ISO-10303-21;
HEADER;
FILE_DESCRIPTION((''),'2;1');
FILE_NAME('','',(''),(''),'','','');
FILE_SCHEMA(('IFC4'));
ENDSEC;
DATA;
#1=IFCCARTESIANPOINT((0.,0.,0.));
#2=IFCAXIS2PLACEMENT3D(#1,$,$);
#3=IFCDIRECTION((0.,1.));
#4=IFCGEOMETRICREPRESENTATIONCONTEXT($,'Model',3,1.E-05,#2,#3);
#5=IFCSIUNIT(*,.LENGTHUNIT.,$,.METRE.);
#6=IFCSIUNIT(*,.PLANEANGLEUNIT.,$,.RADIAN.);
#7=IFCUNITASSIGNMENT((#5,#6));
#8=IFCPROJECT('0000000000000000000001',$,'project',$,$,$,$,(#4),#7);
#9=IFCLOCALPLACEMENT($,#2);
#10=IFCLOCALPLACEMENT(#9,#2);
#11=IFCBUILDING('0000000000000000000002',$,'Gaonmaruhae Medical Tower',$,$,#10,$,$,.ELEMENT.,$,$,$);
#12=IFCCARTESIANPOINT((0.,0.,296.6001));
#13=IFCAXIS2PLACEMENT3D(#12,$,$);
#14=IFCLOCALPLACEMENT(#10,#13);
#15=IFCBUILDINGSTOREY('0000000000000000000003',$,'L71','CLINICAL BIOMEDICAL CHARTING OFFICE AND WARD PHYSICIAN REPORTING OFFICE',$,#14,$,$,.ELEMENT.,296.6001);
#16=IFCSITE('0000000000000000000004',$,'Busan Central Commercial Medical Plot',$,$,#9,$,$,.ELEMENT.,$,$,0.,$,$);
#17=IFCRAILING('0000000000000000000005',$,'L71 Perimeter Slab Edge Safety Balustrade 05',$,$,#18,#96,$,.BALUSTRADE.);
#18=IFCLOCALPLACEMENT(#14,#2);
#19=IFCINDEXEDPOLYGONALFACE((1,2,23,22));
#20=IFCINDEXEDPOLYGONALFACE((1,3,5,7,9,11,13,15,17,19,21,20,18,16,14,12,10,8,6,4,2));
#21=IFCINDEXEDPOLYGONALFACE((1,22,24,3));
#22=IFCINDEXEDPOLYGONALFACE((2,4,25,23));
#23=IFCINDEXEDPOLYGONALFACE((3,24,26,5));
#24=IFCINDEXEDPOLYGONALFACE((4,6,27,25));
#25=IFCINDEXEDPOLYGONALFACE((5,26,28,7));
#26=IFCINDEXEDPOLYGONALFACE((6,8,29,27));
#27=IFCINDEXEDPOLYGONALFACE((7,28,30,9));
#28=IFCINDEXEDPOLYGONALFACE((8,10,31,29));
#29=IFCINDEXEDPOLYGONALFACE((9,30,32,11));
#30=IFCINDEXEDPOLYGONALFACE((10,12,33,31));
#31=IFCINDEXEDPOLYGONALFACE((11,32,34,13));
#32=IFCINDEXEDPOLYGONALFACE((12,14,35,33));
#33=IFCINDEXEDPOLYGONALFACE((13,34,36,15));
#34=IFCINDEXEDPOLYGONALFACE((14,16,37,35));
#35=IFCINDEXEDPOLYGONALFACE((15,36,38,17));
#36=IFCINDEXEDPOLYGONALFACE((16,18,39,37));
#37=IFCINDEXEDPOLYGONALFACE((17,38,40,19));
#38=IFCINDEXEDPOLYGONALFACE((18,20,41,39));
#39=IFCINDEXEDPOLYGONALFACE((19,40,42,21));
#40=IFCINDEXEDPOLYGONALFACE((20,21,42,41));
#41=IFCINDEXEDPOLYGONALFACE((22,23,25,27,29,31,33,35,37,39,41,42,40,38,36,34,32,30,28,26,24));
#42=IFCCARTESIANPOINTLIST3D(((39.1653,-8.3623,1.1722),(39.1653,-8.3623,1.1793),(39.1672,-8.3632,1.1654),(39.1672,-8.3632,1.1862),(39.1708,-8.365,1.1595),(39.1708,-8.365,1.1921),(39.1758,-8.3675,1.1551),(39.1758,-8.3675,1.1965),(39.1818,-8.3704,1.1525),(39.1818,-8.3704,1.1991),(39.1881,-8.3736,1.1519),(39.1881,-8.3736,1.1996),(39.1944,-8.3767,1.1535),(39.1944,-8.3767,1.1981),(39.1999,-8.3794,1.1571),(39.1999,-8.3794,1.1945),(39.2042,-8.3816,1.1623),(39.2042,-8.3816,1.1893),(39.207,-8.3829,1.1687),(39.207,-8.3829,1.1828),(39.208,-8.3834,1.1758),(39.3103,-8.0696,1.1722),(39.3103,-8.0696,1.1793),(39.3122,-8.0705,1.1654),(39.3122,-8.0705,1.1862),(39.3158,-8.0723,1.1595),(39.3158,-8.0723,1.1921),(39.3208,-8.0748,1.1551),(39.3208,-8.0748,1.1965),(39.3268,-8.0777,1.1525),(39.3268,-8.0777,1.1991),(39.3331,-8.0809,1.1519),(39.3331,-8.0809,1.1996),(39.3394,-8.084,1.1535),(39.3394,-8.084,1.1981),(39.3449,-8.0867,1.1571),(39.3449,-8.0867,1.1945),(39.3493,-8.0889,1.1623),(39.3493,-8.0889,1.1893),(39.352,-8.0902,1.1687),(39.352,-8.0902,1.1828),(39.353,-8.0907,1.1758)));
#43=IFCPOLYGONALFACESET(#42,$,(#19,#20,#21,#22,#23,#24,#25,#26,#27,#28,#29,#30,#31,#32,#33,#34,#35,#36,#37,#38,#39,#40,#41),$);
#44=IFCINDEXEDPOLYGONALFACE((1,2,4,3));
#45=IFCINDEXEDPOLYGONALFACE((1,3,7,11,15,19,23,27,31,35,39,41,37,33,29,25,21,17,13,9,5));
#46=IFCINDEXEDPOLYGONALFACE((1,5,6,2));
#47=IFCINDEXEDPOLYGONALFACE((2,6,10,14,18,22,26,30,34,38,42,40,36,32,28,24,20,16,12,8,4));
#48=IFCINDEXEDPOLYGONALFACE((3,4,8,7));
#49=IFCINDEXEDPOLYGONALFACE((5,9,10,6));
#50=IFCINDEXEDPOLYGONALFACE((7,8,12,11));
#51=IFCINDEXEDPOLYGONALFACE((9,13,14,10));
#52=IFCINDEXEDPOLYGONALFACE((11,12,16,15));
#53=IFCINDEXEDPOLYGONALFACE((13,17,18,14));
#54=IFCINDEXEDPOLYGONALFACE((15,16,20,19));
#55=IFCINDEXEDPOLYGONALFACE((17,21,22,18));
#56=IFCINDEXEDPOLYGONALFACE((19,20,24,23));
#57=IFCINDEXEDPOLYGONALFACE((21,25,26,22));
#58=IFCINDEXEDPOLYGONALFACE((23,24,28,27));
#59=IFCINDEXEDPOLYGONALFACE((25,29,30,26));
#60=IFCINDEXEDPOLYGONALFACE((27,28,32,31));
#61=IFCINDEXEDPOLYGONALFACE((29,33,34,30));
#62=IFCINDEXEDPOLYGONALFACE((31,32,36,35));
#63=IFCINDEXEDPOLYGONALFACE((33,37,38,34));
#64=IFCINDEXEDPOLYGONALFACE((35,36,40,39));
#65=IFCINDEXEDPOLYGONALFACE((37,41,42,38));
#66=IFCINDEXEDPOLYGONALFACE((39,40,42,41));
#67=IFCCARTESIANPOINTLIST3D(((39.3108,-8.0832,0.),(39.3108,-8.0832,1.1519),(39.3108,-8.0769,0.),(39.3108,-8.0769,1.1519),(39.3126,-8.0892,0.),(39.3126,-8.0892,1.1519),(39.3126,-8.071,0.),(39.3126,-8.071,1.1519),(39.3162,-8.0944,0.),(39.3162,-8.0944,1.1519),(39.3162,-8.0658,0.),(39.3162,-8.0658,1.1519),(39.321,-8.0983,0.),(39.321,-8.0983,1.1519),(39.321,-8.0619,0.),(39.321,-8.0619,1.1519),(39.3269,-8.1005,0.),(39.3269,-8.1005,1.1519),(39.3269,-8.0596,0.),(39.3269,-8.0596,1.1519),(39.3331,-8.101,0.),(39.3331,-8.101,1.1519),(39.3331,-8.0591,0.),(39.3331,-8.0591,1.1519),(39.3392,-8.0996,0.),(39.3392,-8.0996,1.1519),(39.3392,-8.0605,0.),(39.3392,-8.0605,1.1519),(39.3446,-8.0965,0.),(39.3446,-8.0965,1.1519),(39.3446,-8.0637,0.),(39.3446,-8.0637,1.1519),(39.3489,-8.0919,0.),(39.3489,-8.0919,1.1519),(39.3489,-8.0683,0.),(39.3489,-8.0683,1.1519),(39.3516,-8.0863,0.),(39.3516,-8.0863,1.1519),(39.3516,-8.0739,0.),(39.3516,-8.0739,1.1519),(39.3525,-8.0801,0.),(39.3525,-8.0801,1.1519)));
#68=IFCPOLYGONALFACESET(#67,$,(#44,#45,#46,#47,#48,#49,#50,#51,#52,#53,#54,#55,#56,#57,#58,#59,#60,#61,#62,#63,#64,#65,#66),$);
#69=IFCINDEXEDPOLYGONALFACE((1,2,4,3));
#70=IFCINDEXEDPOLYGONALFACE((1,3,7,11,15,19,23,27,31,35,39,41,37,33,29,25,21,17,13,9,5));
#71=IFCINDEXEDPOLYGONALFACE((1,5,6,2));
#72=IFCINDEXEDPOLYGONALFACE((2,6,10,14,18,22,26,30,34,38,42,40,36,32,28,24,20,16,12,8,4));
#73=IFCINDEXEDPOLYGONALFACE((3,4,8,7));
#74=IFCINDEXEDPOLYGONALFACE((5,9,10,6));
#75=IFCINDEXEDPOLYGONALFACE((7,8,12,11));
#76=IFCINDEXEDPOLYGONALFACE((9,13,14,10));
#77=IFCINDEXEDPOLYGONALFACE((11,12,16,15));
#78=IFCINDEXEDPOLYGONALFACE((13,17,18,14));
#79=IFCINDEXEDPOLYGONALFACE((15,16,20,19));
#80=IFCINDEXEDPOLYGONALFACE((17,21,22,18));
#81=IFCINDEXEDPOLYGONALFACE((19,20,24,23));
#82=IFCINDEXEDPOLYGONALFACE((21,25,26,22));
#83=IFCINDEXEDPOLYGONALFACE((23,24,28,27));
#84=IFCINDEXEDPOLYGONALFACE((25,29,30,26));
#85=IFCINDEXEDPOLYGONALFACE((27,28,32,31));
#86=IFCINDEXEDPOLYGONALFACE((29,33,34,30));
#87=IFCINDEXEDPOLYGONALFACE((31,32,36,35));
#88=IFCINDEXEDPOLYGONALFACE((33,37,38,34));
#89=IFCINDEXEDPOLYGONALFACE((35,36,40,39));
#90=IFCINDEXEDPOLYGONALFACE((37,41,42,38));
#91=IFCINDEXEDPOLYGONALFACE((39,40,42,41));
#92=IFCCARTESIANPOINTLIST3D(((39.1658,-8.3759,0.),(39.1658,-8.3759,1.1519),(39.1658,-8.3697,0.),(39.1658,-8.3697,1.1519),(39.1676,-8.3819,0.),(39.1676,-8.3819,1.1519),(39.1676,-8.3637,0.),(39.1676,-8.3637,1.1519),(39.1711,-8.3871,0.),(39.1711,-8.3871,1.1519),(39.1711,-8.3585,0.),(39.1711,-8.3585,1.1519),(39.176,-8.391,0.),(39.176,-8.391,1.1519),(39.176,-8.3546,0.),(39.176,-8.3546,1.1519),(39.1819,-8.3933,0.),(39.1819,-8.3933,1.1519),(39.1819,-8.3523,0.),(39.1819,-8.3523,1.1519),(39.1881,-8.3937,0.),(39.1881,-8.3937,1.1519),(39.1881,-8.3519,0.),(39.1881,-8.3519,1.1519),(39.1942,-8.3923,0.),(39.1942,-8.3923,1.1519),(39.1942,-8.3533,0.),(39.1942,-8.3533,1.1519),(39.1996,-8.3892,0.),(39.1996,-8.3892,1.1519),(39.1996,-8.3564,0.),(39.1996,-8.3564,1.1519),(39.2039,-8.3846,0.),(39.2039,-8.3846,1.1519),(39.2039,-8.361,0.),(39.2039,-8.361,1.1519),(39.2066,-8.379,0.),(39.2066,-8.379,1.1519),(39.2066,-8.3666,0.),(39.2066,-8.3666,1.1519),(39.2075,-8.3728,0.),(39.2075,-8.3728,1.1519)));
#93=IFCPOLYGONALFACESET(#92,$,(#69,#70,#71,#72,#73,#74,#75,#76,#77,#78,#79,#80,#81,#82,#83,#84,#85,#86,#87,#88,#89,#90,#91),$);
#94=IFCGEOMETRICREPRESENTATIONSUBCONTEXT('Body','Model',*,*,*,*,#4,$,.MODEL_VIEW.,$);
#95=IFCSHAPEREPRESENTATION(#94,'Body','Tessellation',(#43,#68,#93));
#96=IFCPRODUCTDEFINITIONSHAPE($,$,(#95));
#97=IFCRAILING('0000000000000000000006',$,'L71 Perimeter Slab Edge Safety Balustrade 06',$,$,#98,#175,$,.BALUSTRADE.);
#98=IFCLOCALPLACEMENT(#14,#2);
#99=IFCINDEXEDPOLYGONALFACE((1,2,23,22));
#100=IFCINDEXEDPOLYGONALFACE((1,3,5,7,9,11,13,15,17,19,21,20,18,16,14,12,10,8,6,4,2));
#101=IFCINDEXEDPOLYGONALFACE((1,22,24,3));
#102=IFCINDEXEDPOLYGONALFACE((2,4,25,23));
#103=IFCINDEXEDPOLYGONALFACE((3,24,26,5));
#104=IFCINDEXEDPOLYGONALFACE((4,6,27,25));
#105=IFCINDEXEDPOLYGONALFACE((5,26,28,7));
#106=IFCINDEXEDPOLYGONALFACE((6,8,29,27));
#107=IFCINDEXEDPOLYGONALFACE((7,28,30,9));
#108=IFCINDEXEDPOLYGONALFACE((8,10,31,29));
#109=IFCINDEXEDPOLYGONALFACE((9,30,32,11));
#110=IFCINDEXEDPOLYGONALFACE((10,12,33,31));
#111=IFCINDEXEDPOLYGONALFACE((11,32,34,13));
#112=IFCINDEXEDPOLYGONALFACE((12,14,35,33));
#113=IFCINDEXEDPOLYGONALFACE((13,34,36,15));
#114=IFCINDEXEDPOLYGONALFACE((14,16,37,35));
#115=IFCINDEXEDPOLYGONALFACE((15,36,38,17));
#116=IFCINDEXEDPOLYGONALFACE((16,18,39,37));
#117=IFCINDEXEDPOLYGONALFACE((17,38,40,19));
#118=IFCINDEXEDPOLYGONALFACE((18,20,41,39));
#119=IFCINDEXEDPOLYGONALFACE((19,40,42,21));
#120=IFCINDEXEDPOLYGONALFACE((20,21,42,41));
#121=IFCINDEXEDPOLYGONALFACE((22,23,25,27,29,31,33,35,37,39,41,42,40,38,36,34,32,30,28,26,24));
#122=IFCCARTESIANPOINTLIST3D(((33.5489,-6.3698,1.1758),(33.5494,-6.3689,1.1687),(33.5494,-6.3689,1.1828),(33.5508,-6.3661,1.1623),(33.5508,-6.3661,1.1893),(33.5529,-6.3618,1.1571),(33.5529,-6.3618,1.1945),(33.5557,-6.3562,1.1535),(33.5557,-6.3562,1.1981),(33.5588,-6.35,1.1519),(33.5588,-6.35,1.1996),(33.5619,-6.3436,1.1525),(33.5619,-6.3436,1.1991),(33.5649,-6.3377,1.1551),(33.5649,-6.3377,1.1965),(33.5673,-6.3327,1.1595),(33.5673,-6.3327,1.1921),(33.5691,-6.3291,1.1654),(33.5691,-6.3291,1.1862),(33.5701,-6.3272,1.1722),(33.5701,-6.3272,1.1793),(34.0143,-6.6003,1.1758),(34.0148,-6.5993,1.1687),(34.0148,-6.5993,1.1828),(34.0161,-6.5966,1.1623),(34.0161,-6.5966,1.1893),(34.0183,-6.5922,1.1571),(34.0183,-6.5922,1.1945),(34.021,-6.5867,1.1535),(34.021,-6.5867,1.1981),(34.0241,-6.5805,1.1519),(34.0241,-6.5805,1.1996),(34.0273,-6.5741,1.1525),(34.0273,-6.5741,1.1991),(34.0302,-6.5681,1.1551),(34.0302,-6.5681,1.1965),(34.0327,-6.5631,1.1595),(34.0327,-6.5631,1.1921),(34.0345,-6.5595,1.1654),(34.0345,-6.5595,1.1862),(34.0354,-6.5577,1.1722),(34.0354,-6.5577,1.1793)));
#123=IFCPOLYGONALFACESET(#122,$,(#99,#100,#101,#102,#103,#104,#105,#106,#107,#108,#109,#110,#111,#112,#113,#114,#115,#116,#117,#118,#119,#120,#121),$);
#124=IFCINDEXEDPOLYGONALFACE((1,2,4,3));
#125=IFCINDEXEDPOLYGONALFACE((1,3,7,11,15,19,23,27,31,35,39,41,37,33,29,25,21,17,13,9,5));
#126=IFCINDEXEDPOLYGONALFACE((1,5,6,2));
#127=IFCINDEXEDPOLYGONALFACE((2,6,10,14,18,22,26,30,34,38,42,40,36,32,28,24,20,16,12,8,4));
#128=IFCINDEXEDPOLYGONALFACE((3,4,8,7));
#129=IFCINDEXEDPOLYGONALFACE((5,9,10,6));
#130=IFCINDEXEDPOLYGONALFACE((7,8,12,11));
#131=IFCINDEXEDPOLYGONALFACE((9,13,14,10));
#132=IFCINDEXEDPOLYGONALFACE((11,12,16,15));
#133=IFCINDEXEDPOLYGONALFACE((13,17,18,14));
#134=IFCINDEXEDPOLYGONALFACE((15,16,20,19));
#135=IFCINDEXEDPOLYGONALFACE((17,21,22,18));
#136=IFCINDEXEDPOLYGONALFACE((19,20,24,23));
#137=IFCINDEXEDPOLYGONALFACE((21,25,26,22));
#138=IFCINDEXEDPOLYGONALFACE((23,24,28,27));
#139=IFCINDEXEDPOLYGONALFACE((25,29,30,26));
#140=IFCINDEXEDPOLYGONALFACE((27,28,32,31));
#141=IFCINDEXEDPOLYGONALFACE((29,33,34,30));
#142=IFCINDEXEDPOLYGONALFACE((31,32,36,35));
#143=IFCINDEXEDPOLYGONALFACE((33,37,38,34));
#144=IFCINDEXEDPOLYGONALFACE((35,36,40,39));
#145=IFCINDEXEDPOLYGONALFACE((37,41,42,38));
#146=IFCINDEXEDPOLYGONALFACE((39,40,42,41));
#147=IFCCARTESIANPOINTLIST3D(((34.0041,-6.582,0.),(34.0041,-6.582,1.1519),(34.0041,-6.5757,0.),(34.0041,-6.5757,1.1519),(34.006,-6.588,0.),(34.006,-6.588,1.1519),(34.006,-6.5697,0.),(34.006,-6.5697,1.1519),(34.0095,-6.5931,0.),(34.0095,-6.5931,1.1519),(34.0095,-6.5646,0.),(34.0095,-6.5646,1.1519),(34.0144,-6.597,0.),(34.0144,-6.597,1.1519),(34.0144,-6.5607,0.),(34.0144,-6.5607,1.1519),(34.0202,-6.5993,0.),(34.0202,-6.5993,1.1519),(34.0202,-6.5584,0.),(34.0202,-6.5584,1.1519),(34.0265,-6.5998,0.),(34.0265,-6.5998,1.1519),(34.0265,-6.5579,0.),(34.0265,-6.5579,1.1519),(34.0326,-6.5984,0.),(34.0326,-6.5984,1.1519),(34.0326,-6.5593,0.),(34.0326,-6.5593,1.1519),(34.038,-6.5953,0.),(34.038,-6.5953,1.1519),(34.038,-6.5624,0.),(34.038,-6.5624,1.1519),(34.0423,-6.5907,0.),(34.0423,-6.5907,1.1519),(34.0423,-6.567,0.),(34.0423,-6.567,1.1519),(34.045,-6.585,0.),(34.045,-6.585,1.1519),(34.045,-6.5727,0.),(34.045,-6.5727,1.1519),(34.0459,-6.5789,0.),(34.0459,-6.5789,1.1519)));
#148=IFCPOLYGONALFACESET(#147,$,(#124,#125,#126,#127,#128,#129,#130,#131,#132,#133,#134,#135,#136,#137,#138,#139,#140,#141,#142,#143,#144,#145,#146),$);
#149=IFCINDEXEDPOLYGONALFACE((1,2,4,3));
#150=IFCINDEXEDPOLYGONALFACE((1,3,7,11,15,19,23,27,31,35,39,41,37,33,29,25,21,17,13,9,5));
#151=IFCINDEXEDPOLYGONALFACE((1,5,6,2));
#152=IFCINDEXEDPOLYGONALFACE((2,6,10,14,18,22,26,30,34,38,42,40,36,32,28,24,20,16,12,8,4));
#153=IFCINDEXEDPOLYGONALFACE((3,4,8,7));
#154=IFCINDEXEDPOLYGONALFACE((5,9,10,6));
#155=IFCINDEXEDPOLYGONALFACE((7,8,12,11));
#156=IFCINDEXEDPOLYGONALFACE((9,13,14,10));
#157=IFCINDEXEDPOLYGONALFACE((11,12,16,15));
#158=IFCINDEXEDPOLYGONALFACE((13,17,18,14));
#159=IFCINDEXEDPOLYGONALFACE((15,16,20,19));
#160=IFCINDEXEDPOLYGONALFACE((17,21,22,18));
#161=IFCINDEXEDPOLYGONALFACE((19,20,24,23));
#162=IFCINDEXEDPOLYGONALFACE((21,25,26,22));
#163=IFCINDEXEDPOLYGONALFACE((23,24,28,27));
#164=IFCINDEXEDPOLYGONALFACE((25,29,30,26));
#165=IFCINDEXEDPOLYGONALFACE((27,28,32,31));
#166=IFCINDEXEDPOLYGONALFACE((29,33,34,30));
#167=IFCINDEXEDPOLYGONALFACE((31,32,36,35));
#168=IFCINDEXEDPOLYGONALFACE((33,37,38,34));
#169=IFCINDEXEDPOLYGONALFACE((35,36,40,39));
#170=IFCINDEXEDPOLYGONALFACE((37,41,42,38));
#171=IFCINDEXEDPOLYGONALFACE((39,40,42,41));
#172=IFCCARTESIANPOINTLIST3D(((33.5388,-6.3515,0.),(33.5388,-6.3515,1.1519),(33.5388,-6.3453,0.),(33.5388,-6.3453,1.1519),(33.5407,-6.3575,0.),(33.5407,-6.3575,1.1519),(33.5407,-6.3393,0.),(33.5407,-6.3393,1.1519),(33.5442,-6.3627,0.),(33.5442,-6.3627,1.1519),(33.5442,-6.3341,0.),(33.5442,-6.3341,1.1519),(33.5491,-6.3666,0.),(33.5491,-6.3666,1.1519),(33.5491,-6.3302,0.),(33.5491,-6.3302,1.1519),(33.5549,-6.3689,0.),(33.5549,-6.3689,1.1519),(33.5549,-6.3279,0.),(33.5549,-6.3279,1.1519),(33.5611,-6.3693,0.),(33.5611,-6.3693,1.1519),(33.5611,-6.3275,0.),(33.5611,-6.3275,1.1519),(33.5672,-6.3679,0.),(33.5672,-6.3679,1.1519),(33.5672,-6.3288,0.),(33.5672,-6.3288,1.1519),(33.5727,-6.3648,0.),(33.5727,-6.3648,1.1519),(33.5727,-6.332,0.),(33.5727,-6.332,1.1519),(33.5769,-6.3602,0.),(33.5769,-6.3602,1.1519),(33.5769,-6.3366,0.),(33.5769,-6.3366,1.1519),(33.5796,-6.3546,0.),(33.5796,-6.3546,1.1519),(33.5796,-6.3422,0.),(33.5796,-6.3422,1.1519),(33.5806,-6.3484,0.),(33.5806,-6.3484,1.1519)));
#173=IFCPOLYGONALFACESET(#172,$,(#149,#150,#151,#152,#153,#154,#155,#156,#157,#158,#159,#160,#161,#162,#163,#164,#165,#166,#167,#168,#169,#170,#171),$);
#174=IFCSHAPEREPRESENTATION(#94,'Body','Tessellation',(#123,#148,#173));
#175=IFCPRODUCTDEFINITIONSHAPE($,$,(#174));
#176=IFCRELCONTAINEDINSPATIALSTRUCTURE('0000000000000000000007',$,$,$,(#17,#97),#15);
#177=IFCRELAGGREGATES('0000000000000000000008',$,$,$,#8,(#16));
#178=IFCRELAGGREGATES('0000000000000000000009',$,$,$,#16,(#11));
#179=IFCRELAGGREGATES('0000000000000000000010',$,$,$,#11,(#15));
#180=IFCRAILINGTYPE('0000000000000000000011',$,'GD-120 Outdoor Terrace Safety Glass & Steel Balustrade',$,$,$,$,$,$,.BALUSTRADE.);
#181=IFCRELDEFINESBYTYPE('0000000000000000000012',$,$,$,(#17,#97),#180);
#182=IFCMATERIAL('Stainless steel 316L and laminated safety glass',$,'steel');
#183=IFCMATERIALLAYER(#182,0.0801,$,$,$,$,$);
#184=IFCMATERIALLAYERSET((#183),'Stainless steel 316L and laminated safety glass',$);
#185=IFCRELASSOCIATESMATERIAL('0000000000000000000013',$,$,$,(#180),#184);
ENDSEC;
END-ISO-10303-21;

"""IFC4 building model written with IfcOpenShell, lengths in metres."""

from ifc_helpers import new_model, si_unit, direction, frame, origin, origin_2d, place, context, subcontext, project, spatial, circle, extrude, material, layer, layer_set, type_object, element, save


model = new_model("IFC4")

# Units and contexts
model_context = context("Model", 3, precision=1e-05, world=origin(), true_north=direction((0.0, 1.0)))
body_context = subcontext(model_context, "Body", "Model", "MODEL_VIEW")
ifc_project = project(units=[si_unit("LENGTHUNIT", "METRE"), si_unit("PLANEANGLEUNIT", "RADIAN")], contexts=[model_context])

# Site, building, storey
site_placement = place(None, origin())
site = spatial("IfcSite", under=ifc_project, at=site_placement, Name="Busan Central Commercial Medical Plot", CompositionType="ELEMENT", RefElevation=0.0)
building_placement = place(site_placement, origin())
building = spatial("IfcBuilding", under=site, at=building_placement, Name="Gaonmaruhae Medical Tower", CompositionType="ELEMENT")
storey_placement = place(building_placement, frame((0.0, 0.0, 296.6001)))
storey = spatial("IfcBuildingStorey", under=building, at=storey_placement, Name="L71", Description="CLINICAL BIOMEDICAL CHARTING OFFICE AND WARD PHYSICIAN REPORTING OFFICE", CompositionType="ELEMENT", Elevation=296.6001)

# Railings
ifc_material_1 = material(Name="Stainless steel 316L and laminated safety glass", Category="steel")
ifc_layer_1 = layer(ifc_material_1, 0.0801)
ifc_layer_set_1 = layer_set([ifc_layer_1], Name="Stainless steel 316L and laminated safety glass")
railing_type = type_object("IfcRailingType", Name="GD-120 Outdoor Terrace Safety Glass & Steel Balustrade", PredefinedType="BALUSTRADE", material=ifc_layer_set_1)
railing_1_placement = place(storey_placement, frame((39.3315, -8.0801, 0.0)))
element("IfcRailing", 1, at=railing_1_placement, inside=storey, type_object=railing_type, Name="L71 Perimeter Slab Edge Safety Balustrade 05", PredefinedType="BALUSTRADE", context=body_context, shape_type="SweptSolid", body=[
    extrude(circle(Radius=0.0239, at=origin_2d()), frame((0.0, 0.0, 1.1758), z_axis=(-0.443922, -0.896065, 0.0), x_axis=(0.896065, -0.443922, 0.0)), (0.0, 0.0, 1.0), 0.3267),
    extrude(circle(Radius=0.021, at=origin_2d()), origin(), (0.0, 0.0, 1.0), 1.1519),
    extrude(circle(Radius=0.021, at=origin_2d()), frame((-0.145, -0.2927, 0.0)), (0.0, 0.0, 1.0), 1.1519),
])
railing_2_placement = place(storey_placement, frame((34.0249, -6.5789, 0.0)))
element("IfcRailing", 2, at=railing_2_placement, inside=storey, type_object=railing_type, Name="L71 Perimeter Slab Edge Safety Balustrade 06", PredefinedType="BALUSTRADE", context=body_context, shape_type="SweptSolid", body=[
    extrude(circle(Radius=0.0239, at=origin_2d()), frame((0.0, 0.0, 1.1758), z_axis=(-0.896113, 0.443825, 0.0), x_axis=(-0.443825, -0.896113, 0.0)), (0.0, 0.0, 1.0), 0.5193),
    extrude(circle(Radius=0.021, at=origin_2d()), origin(), (0.0, 0.0, 1.0), 1.1519),
    extrude(circle(Radius=0.021, at=origin_2d()), frame((-0.4653, 0.2305, 0.0)), (0.0, 0.0, 1.0), 1.1519),
])

save(model, "model.ifc")
